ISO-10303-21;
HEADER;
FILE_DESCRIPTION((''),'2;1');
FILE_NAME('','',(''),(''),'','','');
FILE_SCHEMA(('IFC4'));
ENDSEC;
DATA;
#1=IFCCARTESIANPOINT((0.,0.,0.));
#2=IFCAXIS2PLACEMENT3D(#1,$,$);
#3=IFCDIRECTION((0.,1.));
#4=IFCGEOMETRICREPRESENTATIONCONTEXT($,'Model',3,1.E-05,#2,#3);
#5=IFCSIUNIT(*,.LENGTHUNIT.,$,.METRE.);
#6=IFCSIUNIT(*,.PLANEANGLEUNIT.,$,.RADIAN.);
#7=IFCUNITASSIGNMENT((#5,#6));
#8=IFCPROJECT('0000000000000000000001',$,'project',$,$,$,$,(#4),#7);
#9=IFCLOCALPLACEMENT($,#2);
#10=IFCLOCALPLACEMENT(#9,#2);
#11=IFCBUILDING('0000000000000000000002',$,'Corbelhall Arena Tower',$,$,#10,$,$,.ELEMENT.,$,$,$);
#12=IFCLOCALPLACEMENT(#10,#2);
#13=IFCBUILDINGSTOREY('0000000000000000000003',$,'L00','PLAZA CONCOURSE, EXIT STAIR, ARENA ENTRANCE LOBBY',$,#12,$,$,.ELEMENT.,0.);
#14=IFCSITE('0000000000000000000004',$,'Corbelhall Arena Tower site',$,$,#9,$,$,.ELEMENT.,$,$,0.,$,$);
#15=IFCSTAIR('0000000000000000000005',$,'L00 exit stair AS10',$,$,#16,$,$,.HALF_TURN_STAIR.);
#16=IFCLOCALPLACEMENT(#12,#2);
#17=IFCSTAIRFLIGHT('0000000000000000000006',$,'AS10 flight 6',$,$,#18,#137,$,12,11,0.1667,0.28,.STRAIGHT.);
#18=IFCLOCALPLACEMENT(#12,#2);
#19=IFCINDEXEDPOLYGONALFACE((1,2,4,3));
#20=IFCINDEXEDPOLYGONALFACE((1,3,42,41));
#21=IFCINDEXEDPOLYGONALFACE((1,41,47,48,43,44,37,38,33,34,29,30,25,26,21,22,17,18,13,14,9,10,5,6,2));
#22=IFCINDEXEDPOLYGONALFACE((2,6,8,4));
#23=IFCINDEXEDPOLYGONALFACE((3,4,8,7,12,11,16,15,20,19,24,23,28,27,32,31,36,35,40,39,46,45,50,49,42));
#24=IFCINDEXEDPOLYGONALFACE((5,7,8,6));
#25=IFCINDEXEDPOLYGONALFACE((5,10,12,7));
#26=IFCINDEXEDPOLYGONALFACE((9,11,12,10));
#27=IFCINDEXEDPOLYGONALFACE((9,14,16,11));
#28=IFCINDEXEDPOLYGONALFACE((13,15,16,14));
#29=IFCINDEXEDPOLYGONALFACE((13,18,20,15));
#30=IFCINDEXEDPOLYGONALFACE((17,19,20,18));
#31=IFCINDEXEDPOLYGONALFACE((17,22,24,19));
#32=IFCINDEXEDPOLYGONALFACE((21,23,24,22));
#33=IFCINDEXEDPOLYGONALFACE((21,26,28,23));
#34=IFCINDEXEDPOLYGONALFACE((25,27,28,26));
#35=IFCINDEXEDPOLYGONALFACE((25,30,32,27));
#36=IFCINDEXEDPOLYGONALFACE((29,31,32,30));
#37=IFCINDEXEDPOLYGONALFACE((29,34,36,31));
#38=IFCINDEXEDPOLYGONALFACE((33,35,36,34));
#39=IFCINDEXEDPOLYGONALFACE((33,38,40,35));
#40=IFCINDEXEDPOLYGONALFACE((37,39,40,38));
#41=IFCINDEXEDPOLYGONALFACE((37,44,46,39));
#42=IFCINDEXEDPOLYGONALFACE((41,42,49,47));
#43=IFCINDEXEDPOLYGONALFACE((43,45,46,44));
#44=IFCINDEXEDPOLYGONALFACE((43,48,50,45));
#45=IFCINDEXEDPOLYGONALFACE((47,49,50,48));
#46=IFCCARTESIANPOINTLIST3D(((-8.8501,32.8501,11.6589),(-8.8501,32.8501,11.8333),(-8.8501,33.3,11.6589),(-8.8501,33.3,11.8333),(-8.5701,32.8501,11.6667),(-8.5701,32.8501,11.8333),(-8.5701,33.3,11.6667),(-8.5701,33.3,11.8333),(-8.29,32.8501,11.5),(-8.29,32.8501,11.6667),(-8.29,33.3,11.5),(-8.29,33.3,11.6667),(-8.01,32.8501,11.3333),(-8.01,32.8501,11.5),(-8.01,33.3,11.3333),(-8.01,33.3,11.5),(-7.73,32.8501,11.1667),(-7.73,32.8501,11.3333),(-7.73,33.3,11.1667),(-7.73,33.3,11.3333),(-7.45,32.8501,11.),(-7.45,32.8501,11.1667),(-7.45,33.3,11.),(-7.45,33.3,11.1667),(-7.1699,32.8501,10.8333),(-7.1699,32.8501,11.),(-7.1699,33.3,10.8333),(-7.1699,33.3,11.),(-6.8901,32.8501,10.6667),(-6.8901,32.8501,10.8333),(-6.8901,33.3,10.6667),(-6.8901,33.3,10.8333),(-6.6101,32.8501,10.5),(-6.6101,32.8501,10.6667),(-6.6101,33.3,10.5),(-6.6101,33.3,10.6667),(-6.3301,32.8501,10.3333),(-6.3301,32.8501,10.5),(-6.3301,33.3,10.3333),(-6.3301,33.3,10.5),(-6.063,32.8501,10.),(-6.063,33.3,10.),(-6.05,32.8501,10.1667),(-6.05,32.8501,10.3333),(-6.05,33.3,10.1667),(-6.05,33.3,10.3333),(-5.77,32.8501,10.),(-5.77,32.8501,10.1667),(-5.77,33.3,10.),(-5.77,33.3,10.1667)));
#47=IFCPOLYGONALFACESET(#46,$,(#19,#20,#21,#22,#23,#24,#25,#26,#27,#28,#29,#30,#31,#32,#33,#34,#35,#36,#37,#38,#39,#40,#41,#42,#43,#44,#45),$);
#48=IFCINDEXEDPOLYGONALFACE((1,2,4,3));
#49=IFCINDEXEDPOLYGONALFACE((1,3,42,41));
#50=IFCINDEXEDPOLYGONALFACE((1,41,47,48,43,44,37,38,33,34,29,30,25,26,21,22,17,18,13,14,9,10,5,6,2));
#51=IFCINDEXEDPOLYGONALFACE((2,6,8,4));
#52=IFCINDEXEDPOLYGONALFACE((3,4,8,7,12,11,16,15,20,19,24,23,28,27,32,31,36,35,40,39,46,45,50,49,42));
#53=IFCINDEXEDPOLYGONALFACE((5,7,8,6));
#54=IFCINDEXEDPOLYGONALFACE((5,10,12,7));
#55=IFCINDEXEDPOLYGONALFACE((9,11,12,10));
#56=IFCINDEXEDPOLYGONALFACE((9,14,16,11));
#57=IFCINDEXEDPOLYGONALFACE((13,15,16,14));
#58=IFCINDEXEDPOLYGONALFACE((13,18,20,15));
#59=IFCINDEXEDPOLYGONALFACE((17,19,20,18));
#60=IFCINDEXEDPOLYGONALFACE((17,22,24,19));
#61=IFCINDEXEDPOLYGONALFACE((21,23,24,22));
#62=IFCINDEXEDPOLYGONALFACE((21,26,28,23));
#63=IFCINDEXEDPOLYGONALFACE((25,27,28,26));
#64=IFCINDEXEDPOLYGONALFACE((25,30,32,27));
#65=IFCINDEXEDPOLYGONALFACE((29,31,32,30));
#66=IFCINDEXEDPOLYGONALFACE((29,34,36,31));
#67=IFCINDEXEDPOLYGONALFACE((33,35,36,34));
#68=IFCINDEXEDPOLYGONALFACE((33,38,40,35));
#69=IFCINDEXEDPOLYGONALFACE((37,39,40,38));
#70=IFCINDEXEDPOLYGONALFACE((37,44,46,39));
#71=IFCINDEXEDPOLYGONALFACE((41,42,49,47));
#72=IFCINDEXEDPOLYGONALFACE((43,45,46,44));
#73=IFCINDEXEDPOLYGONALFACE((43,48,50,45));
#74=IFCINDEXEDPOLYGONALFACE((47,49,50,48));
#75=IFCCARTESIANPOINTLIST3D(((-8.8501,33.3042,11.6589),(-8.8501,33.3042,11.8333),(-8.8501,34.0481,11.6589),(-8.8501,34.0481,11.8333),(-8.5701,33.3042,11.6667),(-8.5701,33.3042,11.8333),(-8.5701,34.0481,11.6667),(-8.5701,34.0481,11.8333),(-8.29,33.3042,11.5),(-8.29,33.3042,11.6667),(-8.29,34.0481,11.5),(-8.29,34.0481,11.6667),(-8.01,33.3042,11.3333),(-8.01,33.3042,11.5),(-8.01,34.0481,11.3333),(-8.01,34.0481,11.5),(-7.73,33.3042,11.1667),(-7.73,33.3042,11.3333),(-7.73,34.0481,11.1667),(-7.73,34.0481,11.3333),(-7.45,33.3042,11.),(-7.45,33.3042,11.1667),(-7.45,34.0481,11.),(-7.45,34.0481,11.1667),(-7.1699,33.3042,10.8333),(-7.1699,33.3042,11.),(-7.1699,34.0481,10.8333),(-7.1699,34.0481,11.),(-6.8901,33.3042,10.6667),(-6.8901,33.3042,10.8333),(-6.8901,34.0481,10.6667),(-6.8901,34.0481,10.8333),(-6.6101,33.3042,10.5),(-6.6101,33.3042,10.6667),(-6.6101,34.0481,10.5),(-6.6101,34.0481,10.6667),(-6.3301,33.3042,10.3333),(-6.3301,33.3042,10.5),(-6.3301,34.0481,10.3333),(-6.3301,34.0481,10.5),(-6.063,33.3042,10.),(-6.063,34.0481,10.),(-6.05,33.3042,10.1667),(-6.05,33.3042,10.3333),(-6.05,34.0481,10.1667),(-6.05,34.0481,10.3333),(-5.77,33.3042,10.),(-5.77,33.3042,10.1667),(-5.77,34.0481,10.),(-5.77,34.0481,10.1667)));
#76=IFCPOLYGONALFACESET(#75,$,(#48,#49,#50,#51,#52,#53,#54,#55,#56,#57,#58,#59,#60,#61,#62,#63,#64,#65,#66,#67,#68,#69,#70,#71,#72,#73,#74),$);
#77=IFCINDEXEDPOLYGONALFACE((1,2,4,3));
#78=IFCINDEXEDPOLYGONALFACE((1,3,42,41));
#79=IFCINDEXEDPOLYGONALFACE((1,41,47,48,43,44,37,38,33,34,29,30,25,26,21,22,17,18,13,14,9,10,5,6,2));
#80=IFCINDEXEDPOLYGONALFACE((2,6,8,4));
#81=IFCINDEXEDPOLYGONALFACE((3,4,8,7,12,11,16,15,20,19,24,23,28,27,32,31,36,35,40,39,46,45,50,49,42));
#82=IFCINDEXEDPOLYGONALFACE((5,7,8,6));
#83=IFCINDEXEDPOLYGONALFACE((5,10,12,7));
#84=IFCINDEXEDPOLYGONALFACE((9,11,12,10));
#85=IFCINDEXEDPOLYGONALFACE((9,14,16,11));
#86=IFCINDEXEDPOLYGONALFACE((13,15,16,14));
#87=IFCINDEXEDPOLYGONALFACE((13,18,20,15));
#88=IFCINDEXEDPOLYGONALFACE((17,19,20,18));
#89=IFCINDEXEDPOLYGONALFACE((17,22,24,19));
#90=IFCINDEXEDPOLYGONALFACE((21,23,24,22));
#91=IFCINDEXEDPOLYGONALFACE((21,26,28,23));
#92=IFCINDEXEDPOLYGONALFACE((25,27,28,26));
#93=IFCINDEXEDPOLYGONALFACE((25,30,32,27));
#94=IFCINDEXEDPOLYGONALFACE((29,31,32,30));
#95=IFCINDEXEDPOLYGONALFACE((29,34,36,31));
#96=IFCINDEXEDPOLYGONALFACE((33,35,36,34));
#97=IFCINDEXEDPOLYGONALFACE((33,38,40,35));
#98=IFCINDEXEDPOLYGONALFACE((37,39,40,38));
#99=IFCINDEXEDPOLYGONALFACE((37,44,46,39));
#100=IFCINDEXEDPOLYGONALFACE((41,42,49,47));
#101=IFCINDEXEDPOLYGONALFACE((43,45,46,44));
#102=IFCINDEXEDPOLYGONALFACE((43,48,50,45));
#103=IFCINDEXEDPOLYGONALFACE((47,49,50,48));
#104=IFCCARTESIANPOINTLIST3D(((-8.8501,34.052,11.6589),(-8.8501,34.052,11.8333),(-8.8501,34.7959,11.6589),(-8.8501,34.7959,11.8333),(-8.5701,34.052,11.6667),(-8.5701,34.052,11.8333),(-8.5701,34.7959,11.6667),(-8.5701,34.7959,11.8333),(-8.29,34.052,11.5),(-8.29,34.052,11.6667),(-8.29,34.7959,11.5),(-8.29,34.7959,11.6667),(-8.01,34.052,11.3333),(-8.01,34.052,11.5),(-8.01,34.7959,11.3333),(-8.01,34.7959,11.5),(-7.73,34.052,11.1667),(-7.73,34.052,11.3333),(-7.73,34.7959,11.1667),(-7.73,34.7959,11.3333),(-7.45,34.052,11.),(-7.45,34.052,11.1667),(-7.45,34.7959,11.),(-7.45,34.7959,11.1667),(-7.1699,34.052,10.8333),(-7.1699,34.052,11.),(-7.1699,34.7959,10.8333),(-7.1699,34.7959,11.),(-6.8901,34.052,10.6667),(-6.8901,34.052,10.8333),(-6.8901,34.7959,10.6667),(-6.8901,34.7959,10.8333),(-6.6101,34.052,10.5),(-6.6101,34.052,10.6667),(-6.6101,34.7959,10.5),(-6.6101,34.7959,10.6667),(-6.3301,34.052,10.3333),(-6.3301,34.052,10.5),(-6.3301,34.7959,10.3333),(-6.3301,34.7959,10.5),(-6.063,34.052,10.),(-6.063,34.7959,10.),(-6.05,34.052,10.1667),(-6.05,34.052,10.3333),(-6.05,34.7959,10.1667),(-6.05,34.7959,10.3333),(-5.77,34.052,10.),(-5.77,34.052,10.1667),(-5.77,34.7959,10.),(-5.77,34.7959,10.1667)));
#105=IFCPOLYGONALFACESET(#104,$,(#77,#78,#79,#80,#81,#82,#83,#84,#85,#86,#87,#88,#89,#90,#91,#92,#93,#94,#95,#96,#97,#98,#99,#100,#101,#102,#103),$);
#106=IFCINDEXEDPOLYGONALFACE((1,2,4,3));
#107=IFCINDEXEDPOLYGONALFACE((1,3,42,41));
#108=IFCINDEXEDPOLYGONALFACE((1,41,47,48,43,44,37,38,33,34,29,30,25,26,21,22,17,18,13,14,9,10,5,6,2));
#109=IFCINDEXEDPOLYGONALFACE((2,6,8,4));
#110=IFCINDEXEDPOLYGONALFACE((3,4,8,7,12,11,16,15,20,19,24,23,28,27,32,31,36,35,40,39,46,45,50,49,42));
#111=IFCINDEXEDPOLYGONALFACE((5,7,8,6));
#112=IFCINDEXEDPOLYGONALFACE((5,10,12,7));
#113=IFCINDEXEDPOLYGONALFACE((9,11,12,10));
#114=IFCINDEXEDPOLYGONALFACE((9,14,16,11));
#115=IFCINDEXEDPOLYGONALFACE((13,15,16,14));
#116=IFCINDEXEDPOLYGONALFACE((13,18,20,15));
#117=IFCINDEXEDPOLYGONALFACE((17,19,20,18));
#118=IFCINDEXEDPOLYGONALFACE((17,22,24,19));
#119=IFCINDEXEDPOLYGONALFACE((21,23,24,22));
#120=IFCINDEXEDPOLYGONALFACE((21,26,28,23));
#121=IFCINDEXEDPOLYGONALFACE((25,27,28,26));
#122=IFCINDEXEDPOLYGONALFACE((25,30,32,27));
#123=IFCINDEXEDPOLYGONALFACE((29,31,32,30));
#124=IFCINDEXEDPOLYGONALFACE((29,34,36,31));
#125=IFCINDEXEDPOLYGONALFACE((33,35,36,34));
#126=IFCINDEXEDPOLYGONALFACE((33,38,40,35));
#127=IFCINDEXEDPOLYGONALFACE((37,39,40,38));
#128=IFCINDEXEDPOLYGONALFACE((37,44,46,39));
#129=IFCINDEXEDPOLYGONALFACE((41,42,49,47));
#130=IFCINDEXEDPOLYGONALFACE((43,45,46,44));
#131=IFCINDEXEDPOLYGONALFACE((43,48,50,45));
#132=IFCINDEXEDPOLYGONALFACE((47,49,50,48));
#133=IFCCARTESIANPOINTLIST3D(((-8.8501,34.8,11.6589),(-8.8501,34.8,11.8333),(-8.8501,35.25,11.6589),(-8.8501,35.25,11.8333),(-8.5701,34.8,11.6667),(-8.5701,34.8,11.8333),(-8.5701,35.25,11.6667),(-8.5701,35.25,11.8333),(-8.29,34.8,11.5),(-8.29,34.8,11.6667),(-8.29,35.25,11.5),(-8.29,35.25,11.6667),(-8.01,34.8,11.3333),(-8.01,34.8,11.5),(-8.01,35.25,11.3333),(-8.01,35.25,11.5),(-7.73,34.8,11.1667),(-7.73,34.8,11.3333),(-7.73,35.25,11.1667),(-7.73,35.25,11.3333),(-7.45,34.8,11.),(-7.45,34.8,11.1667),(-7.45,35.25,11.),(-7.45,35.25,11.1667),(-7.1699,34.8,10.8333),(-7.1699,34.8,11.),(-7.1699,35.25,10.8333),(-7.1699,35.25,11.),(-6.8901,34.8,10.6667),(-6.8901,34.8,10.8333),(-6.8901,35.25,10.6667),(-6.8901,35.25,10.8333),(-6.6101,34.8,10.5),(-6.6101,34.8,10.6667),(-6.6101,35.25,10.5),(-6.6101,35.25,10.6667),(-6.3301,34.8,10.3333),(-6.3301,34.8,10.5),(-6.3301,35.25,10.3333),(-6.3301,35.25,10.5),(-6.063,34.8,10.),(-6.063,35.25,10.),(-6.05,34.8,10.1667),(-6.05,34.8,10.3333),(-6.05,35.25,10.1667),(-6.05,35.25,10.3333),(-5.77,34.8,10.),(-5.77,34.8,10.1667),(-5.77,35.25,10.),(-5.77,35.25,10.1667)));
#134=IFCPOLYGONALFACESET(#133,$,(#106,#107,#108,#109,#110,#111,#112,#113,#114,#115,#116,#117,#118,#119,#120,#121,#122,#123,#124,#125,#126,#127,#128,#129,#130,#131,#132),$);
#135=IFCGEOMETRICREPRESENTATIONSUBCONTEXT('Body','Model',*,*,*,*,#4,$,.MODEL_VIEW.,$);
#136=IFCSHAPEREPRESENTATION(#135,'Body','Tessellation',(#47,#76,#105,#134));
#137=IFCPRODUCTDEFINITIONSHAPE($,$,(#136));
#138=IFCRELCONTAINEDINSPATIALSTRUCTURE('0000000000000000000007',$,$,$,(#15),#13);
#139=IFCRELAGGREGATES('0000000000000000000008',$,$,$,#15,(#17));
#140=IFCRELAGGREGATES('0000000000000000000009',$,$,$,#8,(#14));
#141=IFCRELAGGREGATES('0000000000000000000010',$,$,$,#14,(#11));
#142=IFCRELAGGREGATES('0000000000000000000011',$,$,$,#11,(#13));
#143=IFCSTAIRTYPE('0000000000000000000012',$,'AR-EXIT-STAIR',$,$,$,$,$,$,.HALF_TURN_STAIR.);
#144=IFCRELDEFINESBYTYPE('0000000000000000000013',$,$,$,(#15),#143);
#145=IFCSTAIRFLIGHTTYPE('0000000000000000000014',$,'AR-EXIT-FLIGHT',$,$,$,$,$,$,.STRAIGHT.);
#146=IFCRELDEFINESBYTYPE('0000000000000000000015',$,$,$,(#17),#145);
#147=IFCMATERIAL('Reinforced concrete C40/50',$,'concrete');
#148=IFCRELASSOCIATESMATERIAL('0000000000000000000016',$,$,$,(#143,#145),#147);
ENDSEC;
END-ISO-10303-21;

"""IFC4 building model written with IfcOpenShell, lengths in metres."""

from ifc_helpers import new_model, si_unit, direction, frame, origin, place, context, subcontext, project, spatial, polyline, outline, extrude, material, type_object, element, aggregate, save


model = new_model("IFC4")

# Units and contexts
model_context = context("Model", 3, precision=1e-05, world=origin(), true_north=direction((0.0, 1.0)))
body_context = subcontext(model_context, "Body", "Model", "MODEL_VIEW")
ifc_project = project(units=[si_unit("LENGTHUNIT", "METRE"), si_unit("PLANEANGLEUNIT", "RADIAN")], contexts=[model_context])

# Site, building, storey
site_placement = place(None, origin())
site = spatial("IfcSite", under=ifc_project, at=site_placement, Name="Corbelhall Arena Tower site", CompositionType="ELEMENT", RefElevation=0.0)
building_placement = place(site_placement, origin())
building = spatial("IfcBuilding", under=site, at=building_placement, Name="Corbelhall Arena Tower", CompositionType="ELEMENT")
storey_placement = place(building_placement, origin())
storey = spatial("IfcBuildingStorey", under=building, at=storey_placement, Name="L00", Description="PLAZA CONCOURSE, EXIT STAIR, ARENA ENTRANCE LOBBY", CompositionType="ELEMENT", Elevation=0.0)

# Shared definitions
ifc_material_1 = material(Name="Reinforced concrete C40/50", Category="concrete")

# Stair, stair flight
stair_type = type_object("IfcStairType", Name="AR-EXIT-STAIR", PredefinedType="HALF_TURN_STAIR", material=ifc_material_1)
stair_placement = place(storey_placement, origin())
stair = element("IfcStair", 1, at=stair_placement, inside=storey, type_object=stair_type, Name="L00 exit stair AS10", PredefinedType="HALF_TURN_STAIR")
stair_flight_type = type_object("IfcStairFlightType", Name="AR-EXIT-FLIGHT", PredefinedType="STRAIGHT", material=ifc_material_1)
stair_flight_1_placement = place(storey_placement, frame((-5.77, 34.05, 10.0), z_axis=(0.0, 0.0, 1.0), x_axis=(-1.0, 0.0, 0.0)))
stair_flight_1 = element("IfcStairFlight", 2, at=stair_flight_1_placement, type_object=stair_flight_type, Name="AS10 flight 6", NumberOfRisers=12, NumberOfTreads=11, PredefinedType="STRAIGHT", RiserHeight=0.1667, TreadLength=0.28, context=body_context, shape_type="SweptSolid", body=[
    extrude(outline(polyline([(0.0, 0.0), (0.0, 0.1667), (0.28, 0.1667), (0.28, 0.3333), (0.5601, 0.3333), (0.5601, 0.5), (0.8401, 0.5), (0.8401, 0.6667), (1.1201, 0.6667), (1.1201, 0.8333), (1.3999, 0.8333), (1.3999, 1.0), (1.6799, 1.0), (1.6799, 1.1667), (1.96, 1.1667), (1.96, 1.3333), (2.24, 1.3333), (2.24, 1.5), (2.52, 1.5), (2.52, 1.6667), (2.8, 1.6667), (2.8, 1.8333), (3.0801, 1.8333), (3.0801, 2.0), (3.0801, 1.6589), (0.293, 0.0), (0.0, 0.0)])), frame((0.0, 1.2, 0.0), z_axis=(0.0, -1.0, 0.0), x_axis=(1.0, 0.0, 0.0)), (0.0, 0.0, 1.0), 0.45),
    extrude(outline(polyline([(0.0, 0.0), (0.0, 0.1667), (0.28, 0.1667), (0.28, 0.3333), (0.5601, 0.3333), (0.5601, 0.5), (0.8401, 0.5), (0.8401, 0.6667), (1.1201, 0.6667), (1.1201, 0.8333), (1.3999, 0.8333), (1.3999, 1.0), (1.6799, 1.0), (1.6799, 1.1667), (1.96, 1.1667), (1.96, 1.3333), (2.24, 1.3333), (2.24, 1.5), (2.52, 1.5), (2.52, 1.6667), (2.8, 1.6667), (2.8, 1.8333), (3.0801, 1.8333), (3.0801, 2.0), (3.0801, 1.6589), (0.293, 0.0), (0.0, 0.0)])), frame((0.0, 0.7458, 0.0), z_axis=(0.0, -1.0, 0.0), x_axis=(1.0, 0.0, 0.0)), (0.0, 0.0, 1.0), 0.7439),
    extrude(outline(polyline([(0.0, 0.0), (0.0, 0.1667), (0.28, 0.1667), (0.28, 0.3333), (0.5601, 0.3333), (0.5601, 0.5), (0.8401, 0.5), (0.8401, 0.6667), (1.1201, 0.6667), (1.1201, 0.8333), (1.3999, 0.8333), (1.3999, 1.0), (1.6799, 1.0), (1.6799, 1.1667), (1.96, 1.1667), (1.96, 1.3333), (2.24, 1.3333), (2.24, 1.5), (2.52, 1.5), (2.52, 1.6667), (2.8, 1.6667), (2.8, 1.8333), (3.0801, 1.8333), (3.0801, 2.0), (3.0801, 1.6589), (0.293, 0.0), (0.0, 0.0)])), frame((0.0, -0.002, 0.0), z_axis=(0.0, -1.0, 0.0), x_axis=(1.0, 0.0, 0.0)), (0.0, 0.0, 1.0), 0.7439),
    extrude(outline(polyline([(0.0, 0.0), (0.0, 0.1667), (0.28, 0.1667), (0.28, 0.3333), (0.5601, 0.3333), (0.5601, 0.5), (0.8401, 0.5), (0.8401, 0.6667), (1.1201, 0.6667), (1.1201, 0.8333), (1.3999, 0.8333), (1.3999, 1.0), (1.6799, 1.0), (1.6799, 1.1667), (1.96, 1.1667), (1.96, 1.3333), (2.24, 1.3333), (2.24, 1.5), (2.52, 1.5), (2.52, 1.6667), (2.8, 1.6667), (2.8, 1.8333), (3.0801, 1.8333), (3.0801, 2.0), (3.0801, 1.6589), (0.293, 0.0), (0.0, 0.0)])), frame((0.0, -0.75, 0.0), z_axis=(0.0, -1.0, 0.0), x_axis=(1.0, 0.0, 0.0)), (0.0, 0.0, 1.0), 0.45),
])
aggregate(stair, [stair_flight_1])

save(model, "model.ifc")
